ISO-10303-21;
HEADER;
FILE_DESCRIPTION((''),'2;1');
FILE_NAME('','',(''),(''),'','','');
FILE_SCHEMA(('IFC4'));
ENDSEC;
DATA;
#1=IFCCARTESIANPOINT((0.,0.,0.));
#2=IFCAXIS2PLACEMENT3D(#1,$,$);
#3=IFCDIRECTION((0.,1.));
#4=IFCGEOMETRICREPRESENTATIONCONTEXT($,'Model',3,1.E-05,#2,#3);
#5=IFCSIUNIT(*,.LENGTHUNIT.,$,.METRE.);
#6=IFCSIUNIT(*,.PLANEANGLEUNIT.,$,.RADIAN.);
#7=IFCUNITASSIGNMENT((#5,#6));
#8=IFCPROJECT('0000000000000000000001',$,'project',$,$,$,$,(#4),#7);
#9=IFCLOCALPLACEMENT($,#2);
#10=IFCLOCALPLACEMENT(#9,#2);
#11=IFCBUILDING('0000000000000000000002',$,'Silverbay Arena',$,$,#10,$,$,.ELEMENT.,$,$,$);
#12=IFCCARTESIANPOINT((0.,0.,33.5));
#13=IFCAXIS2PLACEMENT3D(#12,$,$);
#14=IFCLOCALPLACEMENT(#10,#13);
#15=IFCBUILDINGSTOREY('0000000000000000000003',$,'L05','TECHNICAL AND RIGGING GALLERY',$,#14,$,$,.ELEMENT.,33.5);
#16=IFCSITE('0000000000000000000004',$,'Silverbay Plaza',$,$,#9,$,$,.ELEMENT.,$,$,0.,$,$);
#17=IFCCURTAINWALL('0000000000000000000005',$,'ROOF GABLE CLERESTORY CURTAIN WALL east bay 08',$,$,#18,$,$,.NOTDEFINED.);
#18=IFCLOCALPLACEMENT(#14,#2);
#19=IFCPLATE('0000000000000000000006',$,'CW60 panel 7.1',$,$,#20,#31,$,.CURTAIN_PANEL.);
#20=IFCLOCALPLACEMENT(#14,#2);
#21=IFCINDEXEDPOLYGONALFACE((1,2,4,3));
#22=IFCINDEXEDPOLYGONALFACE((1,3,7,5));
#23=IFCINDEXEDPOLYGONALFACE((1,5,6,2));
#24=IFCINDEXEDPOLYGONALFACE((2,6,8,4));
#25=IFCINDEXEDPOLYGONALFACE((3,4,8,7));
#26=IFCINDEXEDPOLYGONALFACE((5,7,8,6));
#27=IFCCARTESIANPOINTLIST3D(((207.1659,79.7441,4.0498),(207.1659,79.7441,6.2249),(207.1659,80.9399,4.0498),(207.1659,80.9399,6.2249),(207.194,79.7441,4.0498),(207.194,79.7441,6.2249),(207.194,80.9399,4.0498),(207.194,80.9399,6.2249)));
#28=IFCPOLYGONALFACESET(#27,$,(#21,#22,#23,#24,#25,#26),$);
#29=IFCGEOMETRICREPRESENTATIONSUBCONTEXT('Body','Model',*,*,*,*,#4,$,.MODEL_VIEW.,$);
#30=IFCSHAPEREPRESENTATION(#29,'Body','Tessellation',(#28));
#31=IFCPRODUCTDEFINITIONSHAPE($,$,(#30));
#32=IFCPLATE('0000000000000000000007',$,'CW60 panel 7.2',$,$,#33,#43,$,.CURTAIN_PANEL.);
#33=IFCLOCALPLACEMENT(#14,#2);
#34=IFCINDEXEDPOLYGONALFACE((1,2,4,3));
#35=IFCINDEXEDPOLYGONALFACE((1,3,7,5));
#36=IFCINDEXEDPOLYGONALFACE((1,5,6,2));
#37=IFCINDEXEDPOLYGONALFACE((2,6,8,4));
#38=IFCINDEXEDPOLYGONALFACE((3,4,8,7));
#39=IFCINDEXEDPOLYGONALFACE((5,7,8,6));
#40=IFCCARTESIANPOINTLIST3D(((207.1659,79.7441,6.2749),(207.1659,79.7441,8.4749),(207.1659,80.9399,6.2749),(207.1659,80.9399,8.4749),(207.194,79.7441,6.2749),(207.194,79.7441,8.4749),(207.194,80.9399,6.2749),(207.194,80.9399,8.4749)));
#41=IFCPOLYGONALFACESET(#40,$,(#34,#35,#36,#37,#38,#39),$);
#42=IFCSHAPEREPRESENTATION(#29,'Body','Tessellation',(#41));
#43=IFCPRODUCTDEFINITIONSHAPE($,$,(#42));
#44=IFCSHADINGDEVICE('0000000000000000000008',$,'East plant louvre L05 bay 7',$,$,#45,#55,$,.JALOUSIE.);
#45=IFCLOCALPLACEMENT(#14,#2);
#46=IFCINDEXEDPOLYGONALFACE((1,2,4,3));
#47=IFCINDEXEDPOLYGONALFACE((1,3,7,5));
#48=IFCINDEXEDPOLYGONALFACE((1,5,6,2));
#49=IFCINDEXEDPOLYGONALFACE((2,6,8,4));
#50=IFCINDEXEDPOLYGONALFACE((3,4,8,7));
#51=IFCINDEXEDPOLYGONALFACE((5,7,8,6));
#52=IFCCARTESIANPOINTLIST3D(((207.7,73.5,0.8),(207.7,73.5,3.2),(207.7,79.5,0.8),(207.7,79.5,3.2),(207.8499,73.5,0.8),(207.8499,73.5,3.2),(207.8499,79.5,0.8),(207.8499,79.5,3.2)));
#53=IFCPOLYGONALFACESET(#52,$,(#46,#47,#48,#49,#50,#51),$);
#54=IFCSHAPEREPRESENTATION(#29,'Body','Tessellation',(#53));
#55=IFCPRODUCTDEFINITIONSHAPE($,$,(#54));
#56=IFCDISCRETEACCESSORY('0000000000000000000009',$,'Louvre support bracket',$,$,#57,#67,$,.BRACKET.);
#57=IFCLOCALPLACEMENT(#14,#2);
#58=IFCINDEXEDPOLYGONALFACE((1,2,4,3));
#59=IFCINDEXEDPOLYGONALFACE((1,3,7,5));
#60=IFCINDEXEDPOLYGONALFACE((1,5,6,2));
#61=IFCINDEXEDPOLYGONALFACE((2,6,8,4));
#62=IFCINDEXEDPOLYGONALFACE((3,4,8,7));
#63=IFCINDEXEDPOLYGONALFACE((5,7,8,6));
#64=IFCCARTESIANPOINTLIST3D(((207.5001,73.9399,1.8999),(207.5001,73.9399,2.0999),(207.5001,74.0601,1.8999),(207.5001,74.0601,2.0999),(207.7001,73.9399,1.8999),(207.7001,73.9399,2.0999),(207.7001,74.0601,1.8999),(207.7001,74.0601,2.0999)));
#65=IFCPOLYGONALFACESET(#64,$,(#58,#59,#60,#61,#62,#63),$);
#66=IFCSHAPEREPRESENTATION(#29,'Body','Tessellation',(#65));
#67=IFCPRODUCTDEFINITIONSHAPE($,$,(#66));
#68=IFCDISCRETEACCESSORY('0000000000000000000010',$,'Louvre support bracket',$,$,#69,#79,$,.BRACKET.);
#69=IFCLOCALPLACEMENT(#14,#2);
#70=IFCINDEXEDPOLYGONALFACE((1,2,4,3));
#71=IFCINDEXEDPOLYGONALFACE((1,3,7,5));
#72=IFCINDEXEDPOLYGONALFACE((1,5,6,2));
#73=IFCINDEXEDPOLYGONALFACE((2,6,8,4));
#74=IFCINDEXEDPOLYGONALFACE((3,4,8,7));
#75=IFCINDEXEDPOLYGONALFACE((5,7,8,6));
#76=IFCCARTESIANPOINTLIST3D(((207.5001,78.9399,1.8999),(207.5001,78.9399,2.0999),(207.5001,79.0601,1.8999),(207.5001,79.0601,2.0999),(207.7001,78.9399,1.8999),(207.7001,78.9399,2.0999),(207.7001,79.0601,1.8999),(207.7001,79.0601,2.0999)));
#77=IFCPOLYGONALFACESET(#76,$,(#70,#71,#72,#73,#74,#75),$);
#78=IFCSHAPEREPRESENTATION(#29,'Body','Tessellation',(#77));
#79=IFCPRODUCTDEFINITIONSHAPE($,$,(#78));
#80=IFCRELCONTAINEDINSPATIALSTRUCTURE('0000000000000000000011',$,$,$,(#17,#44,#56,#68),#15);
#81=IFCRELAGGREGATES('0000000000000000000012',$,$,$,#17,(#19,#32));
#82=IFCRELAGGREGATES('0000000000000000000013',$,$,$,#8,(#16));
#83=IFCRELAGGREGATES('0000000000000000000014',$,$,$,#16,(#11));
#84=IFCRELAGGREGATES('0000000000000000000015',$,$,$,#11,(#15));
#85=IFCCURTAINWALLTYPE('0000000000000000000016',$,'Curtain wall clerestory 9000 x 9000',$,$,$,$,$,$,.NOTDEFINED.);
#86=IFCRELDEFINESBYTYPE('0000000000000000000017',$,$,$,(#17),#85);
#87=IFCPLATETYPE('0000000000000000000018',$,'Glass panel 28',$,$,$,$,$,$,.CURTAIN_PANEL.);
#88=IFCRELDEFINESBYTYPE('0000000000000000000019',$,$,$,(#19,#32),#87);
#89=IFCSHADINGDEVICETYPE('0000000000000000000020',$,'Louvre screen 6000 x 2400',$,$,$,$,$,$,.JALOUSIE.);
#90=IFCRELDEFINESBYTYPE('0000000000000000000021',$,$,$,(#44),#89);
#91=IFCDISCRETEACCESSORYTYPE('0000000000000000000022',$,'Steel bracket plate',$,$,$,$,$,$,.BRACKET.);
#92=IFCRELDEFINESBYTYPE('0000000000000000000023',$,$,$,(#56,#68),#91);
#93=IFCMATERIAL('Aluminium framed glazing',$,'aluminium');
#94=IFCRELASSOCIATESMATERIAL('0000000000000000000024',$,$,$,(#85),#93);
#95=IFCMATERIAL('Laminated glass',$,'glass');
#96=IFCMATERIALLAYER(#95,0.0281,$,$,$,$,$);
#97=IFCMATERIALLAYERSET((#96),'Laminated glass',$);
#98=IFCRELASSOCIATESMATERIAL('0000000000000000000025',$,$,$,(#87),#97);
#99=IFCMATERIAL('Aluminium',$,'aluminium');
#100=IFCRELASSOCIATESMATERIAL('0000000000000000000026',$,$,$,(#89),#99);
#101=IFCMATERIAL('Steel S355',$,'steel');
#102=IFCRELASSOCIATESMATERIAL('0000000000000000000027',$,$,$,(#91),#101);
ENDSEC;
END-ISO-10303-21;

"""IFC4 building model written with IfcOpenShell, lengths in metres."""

from ifc_helpers import new_model, si_unit, direction, frame, origin, origin_2d, place, context, subcontext, project, spatial, rectangle, extrude, material, layer, layer_set, type_object, element, aggregate, save


model = new_model("IFC4")

# Units and contexts
model_context = context("Model", 3, precision=1e-05, world=origin(), true_north=direction((0.0, 1.0)))
body_context = subcontext(model_context, "Body", "Model", "MODEL_VIEW")
ifc_project = project(units=[si_unit("LENGTHUNIT", "METRE"), si_unit("PLANEANGLEUNIT", "RADIAN")], contexts=[model_context])

# Site, building, storey
site_placement = place(None, origin())
site = spatial("IfcSite", under=ifc_project, at=site_placement, Name="Silverbay Plaza", CompositionType="ELEMENT", RefElevation=0.0)
building_placement = place(site_placement, origin())
building = spatial("IfcBuilding", under=site, at=building_placement, Name="Silverbay Arena", CompositionType="ELEMENT")
storey_placement = place(building_placement, frame((0.0, 0.0, 33.5)))
storey = spatial("IfcBuildingStorey", under=building, at=storey_placement, Name="L05", Description="TECHNICAL AND RIGGING GALLERY", CompositionType="ELEMENT", Elevation=33.5)

# Curtain wall, plates
ifc_material_1 = material(Name="Aluminium framed glazing", Category="aluminium")
curtain_wall_type = type_object("IfcCurtainWallType", Name="Curtain wall clerestory 9000 x 9000", PredefinedType="NOTDEFINED", material=ifc_material_1)
curtain_wall_placement = place(storey_placement, origin())
curtain_wall = element("IfcCurtainWall", 1, at=curtain_wall_placement, inside=storey, type_object=curtain_wall_type, Name="ROOF GABLE CLERESTORY CURTAIN WALL east bay 08", PredefinedType="NOTDEFINED")
ifc_material_2 = material(Name="Laminated glass", Category="glass")
ifc_layer = layer(ifc_material_2, 0.0281)
ifc_layer_set = layer_set([ifc_layer], Name="Laminated glass")
plate_type = type_object("IfcPlateType", Name="Glass panel 28", PredefinedType="CURTAIN_PANEL", material=ifc_layer_set)
plate_1_placement = place(storey_placement, frame((207.1799, 80.342, 4.0498), z_axis=(0.0, 0.0, 1.0), x_axis=(0.0, 1.0, 0.0)))
plate_1 = element("IfcPlate", 2, at=plate_1_placement, type_object=plate_type, Name="CW60 panel 7.1", PredefinedType="CURTAIN_PANEL", context=body_context, shape_type="SweptSolid", body=[
    extrude(rectangle(XDim=1.1958, YDim=0.0281, at=origin_2d()), origin(), (0.0, 0.0, 1.0), 2.175),
])
plate_2_placement = place(storey_placement, frame((207.1799, 80.342, 6.2749), z_axis=(0.0, 0.0, 1.0), x_axis=(0.0, 1.0, 0.0)))
plate_2 = element("IfcPlate", 3, at=plate_2_placement, type_object=plate_type, Name="CW60 panel 7.2", PredefinedType="CURTAIN_PANEL", context=body_context, shape_type="SweptSolid", body=[
    extrude(rectangle(XDim=1.1958, YDim=0.0281, at=origin_2d()), origin(), (0.0, 0.0, 1.0), 2.2),
])
aggregate(curtain_wall, [plate_1, plate_2])

# Shading device
ifc_material_3 = material(Name="Aluminium", Category="aluminium")
shading_device_type = type_object("IfcShadingDeviceType", Name="Louvre screen 6000 x 2400", PredefinedType="JALOUSIE", material=ifc_material_3)
shading_device_placement = place(storey_placement, frame((207.7749, 76.5, 0.8), z_axis=(0.0, 0.0, 1.0), x_axis=(0.0, 1.0, 0.0)))
element("IfcShadingDevice", 4, at=shading_device_placement, inside=storey, type_object=shading_device_type, Name="East plant louvre L05 bay 7", PredefinedType="JALOUSIE", context=body_context, shape_type="SweptSolid", body=[
    extrude(rectangle(XDim=6.0, YDim=0.1499, at=origin_2d()), origin(), (0.0, 0.0, 1.0), 2.3999),
])

# Discrete accessories
ifc_material_4 = material(Name="Steel S355", Category="steel")
discrete_accessory_type = type_object("IfcDiscreteAccessoryType", Name="Steel bracket plate", PredefinedType="BRACKET", material=ifc_material_4)
for number, where, z_axis, x_axis, name in (
    (5, (207.6001, 74.0, 1.8999), (0.0, 0.0, 1.0), (0.0, 1.0, 0.0), "Louvre support bracket"),
    (6, (207.6001, 79.0, 1.8999), (0.0, 0.0, 1.0), (0.0, 1.0, 0.0), "Louvre support bracket"),
):
    element("IfcDiscreteAccessory", number, at=place(storey_placement, frame(where, z_axis=z_axis, x_axis=x_axis)), inside=storey, type_object=discrete_accessory_type, Name=name, PredefinedType="BRACKET", context=body_context, shape_type="SweptSolid", body=[
        extrude(rectangle(XDim=0.1201, YDim=0.2, at=origin_2d()), origin(), (0.0, 0.0, 1.0), 0.2),
    ])

save(model, "model.ifc")
